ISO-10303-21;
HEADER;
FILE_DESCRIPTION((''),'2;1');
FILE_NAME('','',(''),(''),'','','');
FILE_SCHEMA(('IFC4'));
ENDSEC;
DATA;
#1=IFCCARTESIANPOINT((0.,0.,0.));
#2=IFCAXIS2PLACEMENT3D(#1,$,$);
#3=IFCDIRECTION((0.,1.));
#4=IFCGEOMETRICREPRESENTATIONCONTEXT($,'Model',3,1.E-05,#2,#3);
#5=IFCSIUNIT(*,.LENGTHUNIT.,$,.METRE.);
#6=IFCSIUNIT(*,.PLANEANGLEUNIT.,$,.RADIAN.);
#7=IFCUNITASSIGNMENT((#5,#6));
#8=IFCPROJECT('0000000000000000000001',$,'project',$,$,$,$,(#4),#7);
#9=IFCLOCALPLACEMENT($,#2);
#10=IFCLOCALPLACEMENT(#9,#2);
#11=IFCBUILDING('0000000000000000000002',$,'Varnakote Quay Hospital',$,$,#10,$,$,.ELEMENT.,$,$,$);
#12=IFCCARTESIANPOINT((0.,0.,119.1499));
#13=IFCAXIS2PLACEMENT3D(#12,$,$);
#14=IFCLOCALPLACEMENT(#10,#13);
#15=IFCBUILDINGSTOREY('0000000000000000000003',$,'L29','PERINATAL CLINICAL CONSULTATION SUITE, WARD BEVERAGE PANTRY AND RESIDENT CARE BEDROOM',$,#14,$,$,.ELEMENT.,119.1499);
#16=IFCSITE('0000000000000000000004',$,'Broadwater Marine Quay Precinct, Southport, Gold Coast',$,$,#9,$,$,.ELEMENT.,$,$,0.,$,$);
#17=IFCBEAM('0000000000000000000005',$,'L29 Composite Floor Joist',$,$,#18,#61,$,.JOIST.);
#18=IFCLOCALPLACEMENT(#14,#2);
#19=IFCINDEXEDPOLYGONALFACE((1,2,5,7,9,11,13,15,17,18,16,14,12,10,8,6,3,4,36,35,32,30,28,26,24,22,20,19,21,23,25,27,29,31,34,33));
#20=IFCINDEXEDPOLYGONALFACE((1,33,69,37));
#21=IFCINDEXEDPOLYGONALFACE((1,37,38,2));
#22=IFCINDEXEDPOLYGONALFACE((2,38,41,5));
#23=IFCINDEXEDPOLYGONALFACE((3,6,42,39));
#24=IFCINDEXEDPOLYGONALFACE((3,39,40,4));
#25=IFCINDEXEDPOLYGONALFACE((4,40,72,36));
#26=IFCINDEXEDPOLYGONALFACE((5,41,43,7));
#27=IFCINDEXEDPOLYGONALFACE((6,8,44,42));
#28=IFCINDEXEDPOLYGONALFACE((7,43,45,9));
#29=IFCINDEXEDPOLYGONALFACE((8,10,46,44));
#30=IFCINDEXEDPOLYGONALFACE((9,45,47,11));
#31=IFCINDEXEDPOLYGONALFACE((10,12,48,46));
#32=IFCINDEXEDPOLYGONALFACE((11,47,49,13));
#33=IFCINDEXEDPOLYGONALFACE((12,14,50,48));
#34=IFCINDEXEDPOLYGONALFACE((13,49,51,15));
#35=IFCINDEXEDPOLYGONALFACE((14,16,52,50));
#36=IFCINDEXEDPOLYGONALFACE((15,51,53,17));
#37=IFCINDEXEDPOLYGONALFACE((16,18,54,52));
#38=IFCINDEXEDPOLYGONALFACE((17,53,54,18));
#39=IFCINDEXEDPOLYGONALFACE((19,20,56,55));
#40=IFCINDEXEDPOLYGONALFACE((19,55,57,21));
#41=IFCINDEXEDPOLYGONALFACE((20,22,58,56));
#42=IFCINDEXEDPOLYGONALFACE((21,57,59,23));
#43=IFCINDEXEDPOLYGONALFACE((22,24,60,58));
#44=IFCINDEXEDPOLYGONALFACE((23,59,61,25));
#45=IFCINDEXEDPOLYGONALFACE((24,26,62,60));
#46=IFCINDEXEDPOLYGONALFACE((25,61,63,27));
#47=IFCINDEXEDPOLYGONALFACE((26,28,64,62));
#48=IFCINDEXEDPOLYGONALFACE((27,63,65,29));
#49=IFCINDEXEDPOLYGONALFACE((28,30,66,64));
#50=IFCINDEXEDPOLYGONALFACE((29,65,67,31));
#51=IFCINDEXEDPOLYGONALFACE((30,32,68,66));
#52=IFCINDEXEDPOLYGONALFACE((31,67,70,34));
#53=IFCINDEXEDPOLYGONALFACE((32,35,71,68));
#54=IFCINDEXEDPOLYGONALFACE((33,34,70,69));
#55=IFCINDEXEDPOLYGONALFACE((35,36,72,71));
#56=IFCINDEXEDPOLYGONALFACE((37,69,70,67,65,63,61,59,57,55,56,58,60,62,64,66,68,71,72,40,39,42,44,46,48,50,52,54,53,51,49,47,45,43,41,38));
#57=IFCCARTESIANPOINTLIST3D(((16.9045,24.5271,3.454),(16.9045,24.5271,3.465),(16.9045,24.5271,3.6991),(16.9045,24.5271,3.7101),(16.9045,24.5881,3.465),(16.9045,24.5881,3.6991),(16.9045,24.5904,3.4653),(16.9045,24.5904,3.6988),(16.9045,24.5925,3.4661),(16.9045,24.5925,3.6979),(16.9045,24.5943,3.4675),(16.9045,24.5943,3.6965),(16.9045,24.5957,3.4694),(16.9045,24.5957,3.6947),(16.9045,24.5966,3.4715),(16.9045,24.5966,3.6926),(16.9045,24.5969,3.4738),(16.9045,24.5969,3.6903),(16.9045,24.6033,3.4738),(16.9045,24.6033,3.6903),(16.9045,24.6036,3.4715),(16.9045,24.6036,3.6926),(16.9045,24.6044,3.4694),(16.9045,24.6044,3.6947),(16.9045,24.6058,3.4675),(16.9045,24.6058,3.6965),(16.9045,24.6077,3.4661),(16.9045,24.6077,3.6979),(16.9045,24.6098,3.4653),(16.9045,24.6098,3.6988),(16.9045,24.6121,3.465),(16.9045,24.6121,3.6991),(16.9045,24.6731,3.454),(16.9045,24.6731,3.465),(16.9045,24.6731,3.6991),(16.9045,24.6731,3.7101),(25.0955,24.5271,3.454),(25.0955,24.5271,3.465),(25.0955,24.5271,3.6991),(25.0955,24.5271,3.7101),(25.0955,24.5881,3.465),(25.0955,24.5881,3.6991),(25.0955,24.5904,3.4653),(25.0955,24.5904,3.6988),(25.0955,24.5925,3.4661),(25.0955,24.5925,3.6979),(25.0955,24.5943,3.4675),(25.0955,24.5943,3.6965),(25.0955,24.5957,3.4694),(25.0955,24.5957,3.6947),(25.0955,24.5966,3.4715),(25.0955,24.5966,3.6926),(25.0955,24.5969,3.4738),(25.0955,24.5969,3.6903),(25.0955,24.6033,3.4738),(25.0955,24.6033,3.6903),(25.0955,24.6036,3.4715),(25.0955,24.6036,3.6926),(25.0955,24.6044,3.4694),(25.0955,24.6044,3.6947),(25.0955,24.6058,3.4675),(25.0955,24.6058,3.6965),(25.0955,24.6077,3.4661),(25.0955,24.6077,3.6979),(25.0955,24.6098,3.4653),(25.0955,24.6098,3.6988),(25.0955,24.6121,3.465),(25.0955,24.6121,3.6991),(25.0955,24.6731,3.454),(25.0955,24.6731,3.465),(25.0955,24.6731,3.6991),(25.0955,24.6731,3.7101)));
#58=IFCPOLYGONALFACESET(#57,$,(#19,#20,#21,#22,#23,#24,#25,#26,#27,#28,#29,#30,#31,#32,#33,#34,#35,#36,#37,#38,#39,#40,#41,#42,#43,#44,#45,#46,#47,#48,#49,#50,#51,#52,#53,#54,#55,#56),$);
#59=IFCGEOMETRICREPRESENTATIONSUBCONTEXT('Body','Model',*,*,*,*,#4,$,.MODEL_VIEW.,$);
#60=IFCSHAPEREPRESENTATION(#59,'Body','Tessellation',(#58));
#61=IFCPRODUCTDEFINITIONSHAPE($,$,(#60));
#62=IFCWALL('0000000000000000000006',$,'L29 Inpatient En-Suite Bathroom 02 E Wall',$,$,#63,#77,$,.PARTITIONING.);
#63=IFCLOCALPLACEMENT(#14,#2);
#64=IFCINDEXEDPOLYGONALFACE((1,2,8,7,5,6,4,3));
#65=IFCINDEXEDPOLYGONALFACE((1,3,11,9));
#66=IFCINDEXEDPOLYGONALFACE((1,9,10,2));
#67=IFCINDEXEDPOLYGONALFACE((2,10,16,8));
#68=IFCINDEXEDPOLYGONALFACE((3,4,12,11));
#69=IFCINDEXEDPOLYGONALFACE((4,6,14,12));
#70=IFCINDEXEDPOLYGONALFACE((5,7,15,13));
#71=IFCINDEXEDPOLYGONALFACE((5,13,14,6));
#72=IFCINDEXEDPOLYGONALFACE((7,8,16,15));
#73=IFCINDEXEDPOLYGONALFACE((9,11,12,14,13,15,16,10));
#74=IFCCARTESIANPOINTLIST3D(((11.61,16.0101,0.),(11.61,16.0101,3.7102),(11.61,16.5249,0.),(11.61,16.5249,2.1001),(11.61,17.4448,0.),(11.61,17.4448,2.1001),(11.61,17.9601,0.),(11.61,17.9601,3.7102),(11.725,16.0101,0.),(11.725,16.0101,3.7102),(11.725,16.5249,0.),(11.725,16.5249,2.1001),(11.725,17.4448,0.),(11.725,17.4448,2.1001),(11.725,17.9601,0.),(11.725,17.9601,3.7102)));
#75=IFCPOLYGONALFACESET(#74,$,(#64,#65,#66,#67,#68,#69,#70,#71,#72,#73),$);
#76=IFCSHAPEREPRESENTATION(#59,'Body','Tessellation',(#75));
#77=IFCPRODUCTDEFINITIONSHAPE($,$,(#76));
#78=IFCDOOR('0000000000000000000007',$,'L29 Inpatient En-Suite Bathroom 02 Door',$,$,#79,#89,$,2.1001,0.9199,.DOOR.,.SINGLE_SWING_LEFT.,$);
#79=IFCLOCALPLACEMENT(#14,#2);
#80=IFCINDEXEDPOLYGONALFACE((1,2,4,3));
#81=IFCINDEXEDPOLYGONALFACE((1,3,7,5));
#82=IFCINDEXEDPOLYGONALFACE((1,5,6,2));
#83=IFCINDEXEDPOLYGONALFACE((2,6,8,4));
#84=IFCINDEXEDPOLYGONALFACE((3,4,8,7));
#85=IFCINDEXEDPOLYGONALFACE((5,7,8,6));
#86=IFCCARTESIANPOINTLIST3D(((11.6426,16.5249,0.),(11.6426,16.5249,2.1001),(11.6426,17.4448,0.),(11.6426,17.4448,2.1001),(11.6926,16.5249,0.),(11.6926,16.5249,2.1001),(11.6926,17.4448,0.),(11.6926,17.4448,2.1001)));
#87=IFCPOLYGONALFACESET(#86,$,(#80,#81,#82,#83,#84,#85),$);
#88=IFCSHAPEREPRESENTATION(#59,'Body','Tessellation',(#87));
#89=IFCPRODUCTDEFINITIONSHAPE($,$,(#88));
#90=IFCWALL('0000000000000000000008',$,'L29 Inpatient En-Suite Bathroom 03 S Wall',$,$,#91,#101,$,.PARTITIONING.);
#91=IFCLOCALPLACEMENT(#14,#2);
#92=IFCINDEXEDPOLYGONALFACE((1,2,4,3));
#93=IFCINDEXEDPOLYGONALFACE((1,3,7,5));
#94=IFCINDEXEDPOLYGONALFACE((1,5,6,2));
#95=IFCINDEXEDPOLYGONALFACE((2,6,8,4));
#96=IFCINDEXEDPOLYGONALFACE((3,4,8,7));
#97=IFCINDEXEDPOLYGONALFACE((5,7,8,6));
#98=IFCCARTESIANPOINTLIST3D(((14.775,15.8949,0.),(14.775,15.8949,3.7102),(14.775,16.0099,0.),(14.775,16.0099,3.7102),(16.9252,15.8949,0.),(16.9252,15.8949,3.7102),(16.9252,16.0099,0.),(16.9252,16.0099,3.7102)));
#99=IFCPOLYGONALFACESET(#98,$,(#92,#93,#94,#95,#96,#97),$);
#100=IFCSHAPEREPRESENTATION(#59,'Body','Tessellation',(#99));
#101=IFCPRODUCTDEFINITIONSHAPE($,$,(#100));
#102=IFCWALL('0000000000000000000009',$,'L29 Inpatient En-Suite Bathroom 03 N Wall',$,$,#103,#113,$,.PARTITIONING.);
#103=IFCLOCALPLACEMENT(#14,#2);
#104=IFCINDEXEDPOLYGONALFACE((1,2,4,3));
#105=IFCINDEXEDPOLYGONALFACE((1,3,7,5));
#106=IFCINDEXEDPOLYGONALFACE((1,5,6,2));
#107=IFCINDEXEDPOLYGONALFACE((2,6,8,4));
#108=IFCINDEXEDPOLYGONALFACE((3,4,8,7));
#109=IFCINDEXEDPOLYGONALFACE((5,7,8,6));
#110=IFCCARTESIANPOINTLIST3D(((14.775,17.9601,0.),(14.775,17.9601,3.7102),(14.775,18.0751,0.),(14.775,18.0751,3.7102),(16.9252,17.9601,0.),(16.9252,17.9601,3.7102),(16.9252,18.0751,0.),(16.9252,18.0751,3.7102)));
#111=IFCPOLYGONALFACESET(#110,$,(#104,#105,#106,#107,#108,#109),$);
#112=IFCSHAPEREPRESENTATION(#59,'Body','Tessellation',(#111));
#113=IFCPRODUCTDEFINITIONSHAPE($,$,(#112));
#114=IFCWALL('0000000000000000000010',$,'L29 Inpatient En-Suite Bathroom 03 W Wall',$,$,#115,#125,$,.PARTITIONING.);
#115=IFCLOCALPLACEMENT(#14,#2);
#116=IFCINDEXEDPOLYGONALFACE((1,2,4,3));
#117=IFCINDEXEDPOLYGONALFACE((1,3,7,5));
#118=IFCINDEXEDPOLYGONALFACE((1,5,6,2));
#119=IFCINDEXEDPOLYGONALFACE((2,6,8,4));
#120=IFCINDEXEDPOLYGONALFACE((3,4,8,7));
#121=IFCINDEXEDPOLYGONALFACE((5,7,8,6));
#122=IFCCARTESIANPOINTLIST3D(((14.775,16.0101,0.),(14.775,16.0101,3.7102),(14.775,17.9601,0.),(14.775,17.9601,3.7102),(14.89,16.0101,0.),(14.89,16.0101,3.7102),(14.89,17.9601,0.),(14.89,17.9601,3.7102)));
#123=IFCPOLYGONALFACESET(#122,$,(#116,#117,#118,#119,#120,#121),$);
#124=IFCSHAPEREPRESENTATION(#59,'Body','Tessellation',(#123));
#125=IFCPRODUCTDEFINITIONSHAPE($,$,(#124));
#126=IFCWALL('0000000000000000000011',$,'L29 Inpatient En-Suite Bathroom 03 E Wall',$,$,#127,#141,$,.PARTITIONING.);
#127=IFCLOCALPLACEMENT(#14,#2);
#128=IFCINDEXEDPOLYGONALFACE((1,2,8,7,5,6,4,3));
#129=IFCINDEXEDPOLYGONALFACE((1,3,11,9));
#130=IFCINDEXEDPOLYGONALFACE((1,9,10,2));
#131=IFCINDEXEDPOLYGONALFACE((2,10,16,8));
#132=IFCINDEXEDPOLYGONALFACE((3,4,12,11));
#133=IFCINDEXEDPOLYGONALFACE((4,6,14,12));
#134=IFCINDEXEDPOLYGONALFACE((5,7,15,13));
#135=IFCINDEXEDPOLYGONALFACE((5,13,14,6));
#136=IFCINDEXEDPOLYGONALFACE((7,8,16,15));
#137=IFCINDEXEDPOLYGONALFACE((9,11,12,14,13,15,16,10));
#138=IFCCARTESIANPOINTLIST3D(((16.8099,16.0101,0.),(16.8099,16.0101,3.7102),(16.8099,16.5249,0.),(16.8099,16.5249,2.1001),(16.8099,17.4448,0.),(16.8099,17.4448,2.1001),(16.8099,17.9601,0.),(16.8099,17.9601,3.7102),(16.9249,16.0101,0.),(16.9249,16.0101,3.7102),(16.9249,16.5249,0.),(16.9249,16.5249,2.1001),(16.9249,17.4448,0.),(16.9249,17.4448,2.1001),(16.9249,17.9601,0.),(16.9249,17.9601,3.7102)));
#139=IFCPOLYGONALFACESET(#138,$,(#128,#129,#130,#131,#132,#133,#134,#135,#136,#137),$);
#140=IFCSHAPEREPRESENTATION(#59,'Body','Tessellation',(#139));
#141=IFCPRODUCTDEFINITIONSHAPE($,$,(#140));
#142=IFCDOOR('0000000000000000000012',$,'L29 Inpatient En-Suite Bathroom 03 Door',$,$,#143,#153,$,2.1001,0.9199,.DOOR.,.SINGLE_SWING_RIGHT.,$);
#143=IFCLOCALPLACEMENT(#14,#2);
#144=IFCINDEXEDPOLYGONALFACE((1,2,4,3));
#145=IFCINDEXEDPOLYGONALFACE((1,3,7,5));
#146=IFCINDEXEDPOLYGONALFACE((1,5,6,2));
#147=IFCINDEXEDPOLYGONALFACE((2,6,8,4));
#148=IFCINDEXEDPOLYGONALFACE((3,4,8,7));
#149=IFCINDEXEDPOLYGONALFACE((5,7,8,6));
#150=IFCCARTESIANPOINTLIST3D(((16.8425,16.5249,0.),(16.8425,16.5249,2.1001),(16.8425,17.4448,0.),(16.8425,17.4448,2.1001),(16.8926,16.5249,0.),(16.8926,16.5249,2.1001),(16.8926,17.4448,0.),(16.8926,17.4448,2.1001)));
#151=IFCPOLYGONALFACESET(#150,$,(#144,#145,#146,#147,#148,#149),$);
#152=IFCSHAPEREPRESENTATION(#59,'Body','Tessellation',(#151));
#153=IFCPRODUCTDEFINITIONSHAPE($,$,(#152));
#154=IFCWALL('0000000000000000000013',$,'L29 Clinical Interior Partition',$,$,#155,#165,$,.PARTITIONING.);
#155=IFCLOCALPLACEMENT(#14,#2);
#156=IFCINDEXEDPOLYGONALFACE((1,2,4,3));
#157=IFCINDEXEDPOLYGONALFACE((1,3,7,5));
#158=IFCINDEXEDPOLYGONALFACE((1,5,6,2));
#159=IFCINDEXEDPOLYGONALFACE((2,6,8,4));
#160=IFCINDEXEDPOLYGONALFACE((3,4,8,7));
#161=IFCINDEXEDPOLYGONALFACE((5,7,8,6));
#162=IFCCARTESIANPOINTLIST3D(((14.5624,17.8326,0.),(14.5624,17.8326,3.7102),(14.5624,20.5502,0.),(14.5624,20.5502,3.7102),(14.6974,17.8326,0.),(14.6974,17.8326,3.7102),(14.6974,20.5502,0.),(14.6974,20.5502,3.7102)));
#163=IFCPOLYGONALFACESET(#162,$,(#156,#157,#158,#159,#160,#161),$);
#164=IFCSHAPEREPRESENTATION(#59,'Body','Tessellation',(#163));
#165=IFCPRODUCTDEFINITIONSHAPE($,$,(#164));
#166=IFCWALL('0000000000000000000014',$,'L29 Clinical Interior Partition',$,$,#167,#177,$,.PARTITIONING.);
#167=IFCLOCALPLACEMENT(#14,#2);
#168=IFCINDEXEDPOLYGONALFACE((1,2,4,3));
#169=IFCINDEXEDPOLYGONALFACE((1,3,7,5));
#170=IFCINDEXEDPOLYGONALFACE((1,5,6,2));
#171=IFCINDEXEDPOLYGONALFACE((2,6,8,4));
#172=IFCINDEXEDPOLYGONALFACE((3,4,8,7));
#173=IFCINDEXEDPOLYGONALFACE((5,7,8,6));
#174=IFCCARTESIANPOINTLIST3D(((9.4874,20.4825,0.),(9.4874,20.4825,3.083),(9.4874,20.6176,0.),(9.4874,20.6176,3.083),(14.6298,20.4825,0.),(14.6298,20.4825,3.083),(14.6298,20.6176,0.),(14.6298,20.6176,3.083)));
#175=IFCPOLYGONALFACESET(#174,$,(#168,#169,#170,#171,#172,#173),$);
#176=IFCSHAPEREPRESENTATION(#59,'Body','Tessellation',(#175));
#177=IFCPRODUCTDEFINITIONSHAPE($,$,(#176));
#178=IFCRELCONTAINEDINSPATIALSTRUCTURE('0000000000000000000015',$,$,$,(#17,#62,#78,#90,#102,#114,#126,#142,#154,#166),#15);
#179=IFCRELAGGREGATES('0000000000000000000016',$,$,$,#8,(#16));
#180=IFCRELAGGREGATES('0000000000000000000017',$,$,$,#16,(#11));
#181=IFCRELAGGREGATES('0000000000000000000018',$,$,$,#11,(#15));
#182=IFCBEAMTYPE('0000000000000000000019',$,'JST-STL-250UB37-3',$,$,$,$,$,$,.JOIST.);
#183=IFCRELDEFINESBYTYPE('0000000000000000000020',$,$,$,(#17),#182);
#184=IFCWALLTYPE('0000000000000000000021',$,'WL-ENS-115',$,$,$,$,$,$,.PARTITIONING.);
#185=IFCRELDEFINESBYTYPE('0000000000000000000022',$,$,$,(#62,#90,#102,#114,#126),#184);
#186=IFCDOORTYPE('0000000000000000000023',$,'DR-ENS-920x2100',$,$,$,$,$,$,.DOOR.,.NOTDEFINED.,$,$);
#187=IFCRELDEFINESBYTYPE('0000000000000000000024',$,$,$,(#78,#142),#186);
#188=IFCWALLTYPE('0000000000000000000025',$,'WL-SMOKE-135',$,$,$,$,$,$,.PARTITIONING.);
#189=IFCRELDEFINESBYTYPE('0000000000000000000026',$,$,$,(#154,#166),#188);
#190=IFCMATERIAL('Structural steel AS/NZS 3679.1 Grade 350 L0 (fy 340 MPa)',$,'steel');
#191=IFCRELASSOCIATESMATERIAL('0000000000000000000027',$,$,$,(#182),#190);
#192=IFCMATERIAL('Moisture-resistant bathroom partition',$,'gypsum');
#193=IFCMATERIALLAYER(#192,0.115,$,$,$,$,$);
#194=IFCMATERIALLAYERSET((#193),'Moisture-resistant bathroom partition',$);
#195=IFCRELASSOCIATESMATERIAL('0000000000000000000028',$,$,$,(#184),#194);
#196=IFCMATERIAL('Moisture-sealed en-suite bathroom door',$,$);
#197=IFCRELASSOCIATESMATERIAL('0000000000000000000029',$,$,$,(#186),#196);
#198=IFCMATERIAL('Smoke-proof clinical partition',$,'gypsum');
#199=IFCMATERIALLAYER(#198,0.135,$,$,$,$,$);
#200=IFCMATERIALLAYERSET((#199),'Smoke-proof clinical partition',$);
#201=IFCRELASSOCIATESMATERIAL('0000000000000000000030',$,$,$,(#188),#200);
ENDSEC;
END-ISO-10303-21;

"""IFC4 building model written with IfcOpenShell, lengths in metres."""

from ifc_helpers import new_model, si_unit, direction, frame, frame_2d, origin, origin_2d, place, context, subcontext, project, spatial, rectangle, i_section, extrude, material, layer, layer_set, material_profile, profile_set, type_object, element, fill, save


model = new_model("IFC4")

# Units and contexts
model_context = context("Model", 3, precision=1e-05, world=origin(), true_north=direction((0.0, 1.0)))
body_context = subcontext(model_context, "Body", "Model", "MODEL_VIEW")
ifc_project = project(units=[si_unit("LENGTHUNIT", "METRE"), si_unit("PLANEANGLEUNIT", "RADIAN")], contexts=[model_context])

# Site, building, storey
site_placement = place(None, origin())
site = spatial("IfcSite", under=ifc_project, at=site_placement, Name="Broadwater Marine Quay Precinct, Southport, Gold Coast", CompositionType="ELEMENT", RefElevation=0.0)
building_placement = place(site_placement, origin())
building = spatial("IfcBuilding", under=site, at=building_placement, Name="Varnakote Quay Hospital", CompositionType="ELEMENT")
storey_placement = place(building_placement, frame((0.0, 0.0, 119.1499)))
storey = spatial("IfcBuildingStorey", under=building, at=storey_placement, Name="L29", Description="PERINATAL CLINICAL CONSULTATION SUITE, WARD BEVERAGE PANTRY AND RESIDENT CARE BEDROOM", CompositionType="ELEMENT", Elevation=119.1499)

# Beam
ifc_material_1 = material(Name="Structural steel AS/NZS 3679.1 Grade 350 L0 (fy 340 MPa)", Category="steel")
ifc_material_profile_1 = material_profile(ifc_material_1, i_section(OverallWidth=0.146, OverallDepth=0.2561, WebThickness=0.0063, FlangeThickness=0.011, FilletRadius=0.0088, at=origin_2d()), Name="250UB37.3")
ifc_profile_set_1 = profile_set([ifc_material_profile_1], Name="Structural steel AS/NZS 3679.1 Grade 350 L0 (fy 340 MPa)")
beam_type_1 = type_object("IfcBeamType", Name="JST-STL-250UB37-3", PredefinedType="JOIST", material=ifc_profile_set_1)
beam_1_placement = place(storey_placement, frame((16.9045, 24.6001, 3.582), z_axis=(1.0, 0.0, 0.0), x_axis=(0.0, 1.0, 0.0)))
element("IfcBeam", 1, at=beam_1_placement, inside=storey, type_object=beam_type_1, Name="L29 Composite Floor Joist", PredefinedType="JOIST", context=body_context, shape_type="SweptSolid", body=[
    extrude(i_section(OverallWidth=0.146, OverallDepth=0.2561, WebThickness=0.0063, FlangeThickness=0.011, FilletRadius=0.0088, at=origin_2d()), origin(), (0.0, 0.0, 1.0), 8.1909),
])

# Wall, opening, door
ifc_material_2 = material(Name="Moisture-resistant bathroom partition", Category="gypsum")
ifc_layer_1 = layer(ifc_material_2, 0.115)
ifc_layer_set_1 = layer_set([ifc_layer_1], Name="Moisture-resistant bathroom partition")
wall_type_1 = type_object("IfcWallType", Name="WL-ENS-115", PredefinedType="PARTITIONING", material=ifc_layer_set_1)
wall_1_placement = place(storey_placement, frame((11.6675, 16.01, 0.0), z_axis=(0.0, 0.0, 1.0), x_axis=(0.0, 1.0, 0.0)))
wall_1 = element("IfcWall", 2, at=wall_1_placement, inside=storey, type_object=wall_type_1, Name="L29 Inpatient En-Suite Bathroom 02 E Wall", PredefinedType="PARTITIONING", context=body_context, shape_type="SweptSolid", body=[
    extrude(rectangle(XDim=1.95, YDim=0.115, at=frame_2d((0.9751, 0.0))), origin(), (0.0, 0.0, 1.0), 3.7102),
])
opening_1_placement = place(wall_1_placement, frame((0.5149, 0.0, 0.0)))
opening_1 = element("IfcOpeningElement", 3, at=opening_1_placement, cuts=wall_1, PredefinedType="OPENING", context=body_context, shape_type="SweptSolid", body=[
    extrude(rectangle(XDim=0.9199, YDim=2.1001, at=frame_2d((0.46, 1.05))), frame((0.0, 0.0674, 0.0), z_axis=(0.0, -1.0, 0.0), x_axis=(1.0, 0.0, 0.0)), (0.0, 0.0, 1.0), 0.135),
])
ifc_material_3 = material(Name="Moisture-sealed en-suite bathroom door")
door_type_1 = type_object("IfcDoorType", Name="DR-ENS-920x2100", OperationType="NOTDEFINED", PredefinedType="DOOR", material=ifc_material_3)
door_1_placement = place(opening_1_placement, origin())
door_1 = element("IfcDoor", 4, at=door_1_placement, inside=storey, type_object=door_type_1, Name="L29 Inpatient En-Suite Bathroom 02 Door", OperationType="SINGLE_SWING_LEFT", OverallHeight=2.1001, OverallWidth=0.9199, PredefinedType="DOOR", context=body_context, shape_type="SweptSolid", body=[
    extrude(rectangle(XDim=0.9199, YDim=2.1001, at=frame_2d((0.46, 1.05))), frame((0.0, 0.0249, 0.0), z_axis=(0.0, -1.0, 0.0), x_axis=(1.0, 0.0, 0.0)), (0.0, 0.0, 1.0), 0.05),
])
fill(opening_1, door_1)

# Walls
for number, where, z_axis, x_axis, name in (
    (5, (14.7749, 15.9524, 0.0), (0.0, 0.0, 1.0), (1.0, 0.0, 0.0), "L29 Inpatient En-Suite Bathroom 03 S Wall"),
    (6, (14.7749, 18.0176, 0.0), (0.0, 0.0, 1.0), (1.0, 0.0, 0.0), "L29 Inpatient En-Suite Bathroom 03 N Wall"),
):
    element("IfcWall", number, at=place(storey_placement, frame(where, z_axis=z_axis, x_axis=x_axis)), inside=storey, type_object=wall_type_1, Name=name, PredefinedType="PARTITIONING", context=body_context, shape_type="SweptSolid", body=[
        extrude(rectangle(XDim=2.1501, YDim=0.115, at=frame_2d((1.0752, 0.0))), origin(), (0.0, 0.0, 1.0), 3.7102),
    ])
wall_2_placement = place(storey_placement, frame((14.8325, 16.01, 0.0), z_axis=(0.0, 0.0, 1.0), x_axis=(0.0, 1.0, 0.0)))
element("IfcWall", 7, at=wall_2_placement, inside=storey, type_object=wall_type_1, Name="L29 Inpatient En-Suite Bathroom 03 W Wall", PredefinedType="PARTITIONING", context=body_context, shape_type="SweptSolid", body=[
    extrude(rectangle(XDim=1.95, YDim=0.115, at=frame_2d((0.9751, 0.0))), origin(), (0.0, 0.0, 1.0), 3.7102),
])

# Wall, opening, door
wall_3_placement = place(storey_placement, frame((16.8674, 16.01, 0.0), z_axis=(0.0, 0.0, 1.0), x_axis=(0.0, 1.0, 0.0)))
wall_3 = element("IfcWall", 8, at=wall_3_placement, inside=storey, type_object=wall_type_1, Name="L29 Inpatient En-Suite Bathroom 03 E Wall", PredefinedType="PARTITIONING", context=body_context, shape_type="SweptSolid", body=[
    extrude(rectangle(XDim=1.95, YDim=0.115, at=frame_2d((0.9751, 0.0))), origin(), (0.0, 0.0, 1.0), 3.7102),
])
opening_2_placement = place(wall_3_placement, frame((0.5149, 0.0, 0.0)))
opening_2 = element("IfcOpeningElement", 9, at=opening_2_placement, cuts=wall_3, PredefinedType="OPENING", context=body_context, shape_type="SweptSolid", body=[
    extrude(rectangle(XDim=0.9199, YDim=2.1001, at=frame_2d((0.46, 1.05))), frame((0.0, 0.0674, 0.0), z_axis=(0.0, -1.0, 0.0), x_axis=(1.0, 0.0, 0.0)), (0.0, 0.0, 1.0), 0.135),
])
door_2_placement = place(opening_2_placement, origin())
door_2 = element("IfcDoor", 10, at=door_2_placement, inside=storey, type_object=door_type_1, Name="L29 Inpatient En-Suite Bathroom 03 Door", OperationType="SINGLE_SWING_RIGHT", OverallHeight=2.1001, OverallWidth=0.9199, PredefinedType="DOOR", context=body_context, shape_type="SweptSolid", body=[
    extrude(rectangle(XDim=0.9199, YDim=2.1001, at=frame_2d((0.46, 1.05))), frame((0.0, 0.0249, 0.0), z_axis=(0.0, -1.0, 0.0), x_axis=(1.0, 0.0, 0.0)), (0.0, 0.0, 1.0), 0.05),
])
fill(opening_2, door_2)

# Walls
ifc_material_4 = material(Name="Smoke-proof clinical partition", Category="gypsum")
ifc_layer_2 = layer(ifc_material_4, 0.135)
ifc_layer_set_2 = layer_set([ifc_layer_2], Name="Smoke-proof clinical partition")
wall_type_2 = type_object("IfcWallType", Name="WL-SMOKE-135", PredefinedType="PARTITIONING", material=ifc_layer_set_2)
wall_4_placement = place(storey_placement, frame((14.6299, 17.8325, 0.0), z_axis=(0.0, 0.0, 1.0), x_axis=(0.0, 1.0, 0.0)))
element("IfcWall", 11, at=wall_4_placement, inside=storey, type_object=wall_type_2, Name="L29 Clinical Interior Partition", PredefinedType="PARTITIONING", context=body_context, shape_type="SweptSolid", body=[
    extrude(rectangle(XDim=2.7175, YDim=0.135, at=frame_2d((1.3589, 0.0))), origin(), (0.0, 0.0, 1.0), 3.7102),
])
wall_5_placement = place(storey_placement, frame((14.6299, 20.55, 0.0), z_axis=(0.0, 0.0, 1.0), x_axis=(-1.0, 0.0, 0.0)))
element("IfcWall", 12, at=wall_5_placement, inside=storey, type_object=wall_type_2, Name="L29 Clinical Interior Partition", PredefinedType="PARTITIONING", context=body_context, shape_type="SweptSolid", body=[
    extrude(rectangle(XDim=5.1423, YDim=0.135, at=frame_2d((2.5713, 0.0))), origin(), (0.0, 0.0, 1.0), 3.083),
])

save(model, "model.ifc")
